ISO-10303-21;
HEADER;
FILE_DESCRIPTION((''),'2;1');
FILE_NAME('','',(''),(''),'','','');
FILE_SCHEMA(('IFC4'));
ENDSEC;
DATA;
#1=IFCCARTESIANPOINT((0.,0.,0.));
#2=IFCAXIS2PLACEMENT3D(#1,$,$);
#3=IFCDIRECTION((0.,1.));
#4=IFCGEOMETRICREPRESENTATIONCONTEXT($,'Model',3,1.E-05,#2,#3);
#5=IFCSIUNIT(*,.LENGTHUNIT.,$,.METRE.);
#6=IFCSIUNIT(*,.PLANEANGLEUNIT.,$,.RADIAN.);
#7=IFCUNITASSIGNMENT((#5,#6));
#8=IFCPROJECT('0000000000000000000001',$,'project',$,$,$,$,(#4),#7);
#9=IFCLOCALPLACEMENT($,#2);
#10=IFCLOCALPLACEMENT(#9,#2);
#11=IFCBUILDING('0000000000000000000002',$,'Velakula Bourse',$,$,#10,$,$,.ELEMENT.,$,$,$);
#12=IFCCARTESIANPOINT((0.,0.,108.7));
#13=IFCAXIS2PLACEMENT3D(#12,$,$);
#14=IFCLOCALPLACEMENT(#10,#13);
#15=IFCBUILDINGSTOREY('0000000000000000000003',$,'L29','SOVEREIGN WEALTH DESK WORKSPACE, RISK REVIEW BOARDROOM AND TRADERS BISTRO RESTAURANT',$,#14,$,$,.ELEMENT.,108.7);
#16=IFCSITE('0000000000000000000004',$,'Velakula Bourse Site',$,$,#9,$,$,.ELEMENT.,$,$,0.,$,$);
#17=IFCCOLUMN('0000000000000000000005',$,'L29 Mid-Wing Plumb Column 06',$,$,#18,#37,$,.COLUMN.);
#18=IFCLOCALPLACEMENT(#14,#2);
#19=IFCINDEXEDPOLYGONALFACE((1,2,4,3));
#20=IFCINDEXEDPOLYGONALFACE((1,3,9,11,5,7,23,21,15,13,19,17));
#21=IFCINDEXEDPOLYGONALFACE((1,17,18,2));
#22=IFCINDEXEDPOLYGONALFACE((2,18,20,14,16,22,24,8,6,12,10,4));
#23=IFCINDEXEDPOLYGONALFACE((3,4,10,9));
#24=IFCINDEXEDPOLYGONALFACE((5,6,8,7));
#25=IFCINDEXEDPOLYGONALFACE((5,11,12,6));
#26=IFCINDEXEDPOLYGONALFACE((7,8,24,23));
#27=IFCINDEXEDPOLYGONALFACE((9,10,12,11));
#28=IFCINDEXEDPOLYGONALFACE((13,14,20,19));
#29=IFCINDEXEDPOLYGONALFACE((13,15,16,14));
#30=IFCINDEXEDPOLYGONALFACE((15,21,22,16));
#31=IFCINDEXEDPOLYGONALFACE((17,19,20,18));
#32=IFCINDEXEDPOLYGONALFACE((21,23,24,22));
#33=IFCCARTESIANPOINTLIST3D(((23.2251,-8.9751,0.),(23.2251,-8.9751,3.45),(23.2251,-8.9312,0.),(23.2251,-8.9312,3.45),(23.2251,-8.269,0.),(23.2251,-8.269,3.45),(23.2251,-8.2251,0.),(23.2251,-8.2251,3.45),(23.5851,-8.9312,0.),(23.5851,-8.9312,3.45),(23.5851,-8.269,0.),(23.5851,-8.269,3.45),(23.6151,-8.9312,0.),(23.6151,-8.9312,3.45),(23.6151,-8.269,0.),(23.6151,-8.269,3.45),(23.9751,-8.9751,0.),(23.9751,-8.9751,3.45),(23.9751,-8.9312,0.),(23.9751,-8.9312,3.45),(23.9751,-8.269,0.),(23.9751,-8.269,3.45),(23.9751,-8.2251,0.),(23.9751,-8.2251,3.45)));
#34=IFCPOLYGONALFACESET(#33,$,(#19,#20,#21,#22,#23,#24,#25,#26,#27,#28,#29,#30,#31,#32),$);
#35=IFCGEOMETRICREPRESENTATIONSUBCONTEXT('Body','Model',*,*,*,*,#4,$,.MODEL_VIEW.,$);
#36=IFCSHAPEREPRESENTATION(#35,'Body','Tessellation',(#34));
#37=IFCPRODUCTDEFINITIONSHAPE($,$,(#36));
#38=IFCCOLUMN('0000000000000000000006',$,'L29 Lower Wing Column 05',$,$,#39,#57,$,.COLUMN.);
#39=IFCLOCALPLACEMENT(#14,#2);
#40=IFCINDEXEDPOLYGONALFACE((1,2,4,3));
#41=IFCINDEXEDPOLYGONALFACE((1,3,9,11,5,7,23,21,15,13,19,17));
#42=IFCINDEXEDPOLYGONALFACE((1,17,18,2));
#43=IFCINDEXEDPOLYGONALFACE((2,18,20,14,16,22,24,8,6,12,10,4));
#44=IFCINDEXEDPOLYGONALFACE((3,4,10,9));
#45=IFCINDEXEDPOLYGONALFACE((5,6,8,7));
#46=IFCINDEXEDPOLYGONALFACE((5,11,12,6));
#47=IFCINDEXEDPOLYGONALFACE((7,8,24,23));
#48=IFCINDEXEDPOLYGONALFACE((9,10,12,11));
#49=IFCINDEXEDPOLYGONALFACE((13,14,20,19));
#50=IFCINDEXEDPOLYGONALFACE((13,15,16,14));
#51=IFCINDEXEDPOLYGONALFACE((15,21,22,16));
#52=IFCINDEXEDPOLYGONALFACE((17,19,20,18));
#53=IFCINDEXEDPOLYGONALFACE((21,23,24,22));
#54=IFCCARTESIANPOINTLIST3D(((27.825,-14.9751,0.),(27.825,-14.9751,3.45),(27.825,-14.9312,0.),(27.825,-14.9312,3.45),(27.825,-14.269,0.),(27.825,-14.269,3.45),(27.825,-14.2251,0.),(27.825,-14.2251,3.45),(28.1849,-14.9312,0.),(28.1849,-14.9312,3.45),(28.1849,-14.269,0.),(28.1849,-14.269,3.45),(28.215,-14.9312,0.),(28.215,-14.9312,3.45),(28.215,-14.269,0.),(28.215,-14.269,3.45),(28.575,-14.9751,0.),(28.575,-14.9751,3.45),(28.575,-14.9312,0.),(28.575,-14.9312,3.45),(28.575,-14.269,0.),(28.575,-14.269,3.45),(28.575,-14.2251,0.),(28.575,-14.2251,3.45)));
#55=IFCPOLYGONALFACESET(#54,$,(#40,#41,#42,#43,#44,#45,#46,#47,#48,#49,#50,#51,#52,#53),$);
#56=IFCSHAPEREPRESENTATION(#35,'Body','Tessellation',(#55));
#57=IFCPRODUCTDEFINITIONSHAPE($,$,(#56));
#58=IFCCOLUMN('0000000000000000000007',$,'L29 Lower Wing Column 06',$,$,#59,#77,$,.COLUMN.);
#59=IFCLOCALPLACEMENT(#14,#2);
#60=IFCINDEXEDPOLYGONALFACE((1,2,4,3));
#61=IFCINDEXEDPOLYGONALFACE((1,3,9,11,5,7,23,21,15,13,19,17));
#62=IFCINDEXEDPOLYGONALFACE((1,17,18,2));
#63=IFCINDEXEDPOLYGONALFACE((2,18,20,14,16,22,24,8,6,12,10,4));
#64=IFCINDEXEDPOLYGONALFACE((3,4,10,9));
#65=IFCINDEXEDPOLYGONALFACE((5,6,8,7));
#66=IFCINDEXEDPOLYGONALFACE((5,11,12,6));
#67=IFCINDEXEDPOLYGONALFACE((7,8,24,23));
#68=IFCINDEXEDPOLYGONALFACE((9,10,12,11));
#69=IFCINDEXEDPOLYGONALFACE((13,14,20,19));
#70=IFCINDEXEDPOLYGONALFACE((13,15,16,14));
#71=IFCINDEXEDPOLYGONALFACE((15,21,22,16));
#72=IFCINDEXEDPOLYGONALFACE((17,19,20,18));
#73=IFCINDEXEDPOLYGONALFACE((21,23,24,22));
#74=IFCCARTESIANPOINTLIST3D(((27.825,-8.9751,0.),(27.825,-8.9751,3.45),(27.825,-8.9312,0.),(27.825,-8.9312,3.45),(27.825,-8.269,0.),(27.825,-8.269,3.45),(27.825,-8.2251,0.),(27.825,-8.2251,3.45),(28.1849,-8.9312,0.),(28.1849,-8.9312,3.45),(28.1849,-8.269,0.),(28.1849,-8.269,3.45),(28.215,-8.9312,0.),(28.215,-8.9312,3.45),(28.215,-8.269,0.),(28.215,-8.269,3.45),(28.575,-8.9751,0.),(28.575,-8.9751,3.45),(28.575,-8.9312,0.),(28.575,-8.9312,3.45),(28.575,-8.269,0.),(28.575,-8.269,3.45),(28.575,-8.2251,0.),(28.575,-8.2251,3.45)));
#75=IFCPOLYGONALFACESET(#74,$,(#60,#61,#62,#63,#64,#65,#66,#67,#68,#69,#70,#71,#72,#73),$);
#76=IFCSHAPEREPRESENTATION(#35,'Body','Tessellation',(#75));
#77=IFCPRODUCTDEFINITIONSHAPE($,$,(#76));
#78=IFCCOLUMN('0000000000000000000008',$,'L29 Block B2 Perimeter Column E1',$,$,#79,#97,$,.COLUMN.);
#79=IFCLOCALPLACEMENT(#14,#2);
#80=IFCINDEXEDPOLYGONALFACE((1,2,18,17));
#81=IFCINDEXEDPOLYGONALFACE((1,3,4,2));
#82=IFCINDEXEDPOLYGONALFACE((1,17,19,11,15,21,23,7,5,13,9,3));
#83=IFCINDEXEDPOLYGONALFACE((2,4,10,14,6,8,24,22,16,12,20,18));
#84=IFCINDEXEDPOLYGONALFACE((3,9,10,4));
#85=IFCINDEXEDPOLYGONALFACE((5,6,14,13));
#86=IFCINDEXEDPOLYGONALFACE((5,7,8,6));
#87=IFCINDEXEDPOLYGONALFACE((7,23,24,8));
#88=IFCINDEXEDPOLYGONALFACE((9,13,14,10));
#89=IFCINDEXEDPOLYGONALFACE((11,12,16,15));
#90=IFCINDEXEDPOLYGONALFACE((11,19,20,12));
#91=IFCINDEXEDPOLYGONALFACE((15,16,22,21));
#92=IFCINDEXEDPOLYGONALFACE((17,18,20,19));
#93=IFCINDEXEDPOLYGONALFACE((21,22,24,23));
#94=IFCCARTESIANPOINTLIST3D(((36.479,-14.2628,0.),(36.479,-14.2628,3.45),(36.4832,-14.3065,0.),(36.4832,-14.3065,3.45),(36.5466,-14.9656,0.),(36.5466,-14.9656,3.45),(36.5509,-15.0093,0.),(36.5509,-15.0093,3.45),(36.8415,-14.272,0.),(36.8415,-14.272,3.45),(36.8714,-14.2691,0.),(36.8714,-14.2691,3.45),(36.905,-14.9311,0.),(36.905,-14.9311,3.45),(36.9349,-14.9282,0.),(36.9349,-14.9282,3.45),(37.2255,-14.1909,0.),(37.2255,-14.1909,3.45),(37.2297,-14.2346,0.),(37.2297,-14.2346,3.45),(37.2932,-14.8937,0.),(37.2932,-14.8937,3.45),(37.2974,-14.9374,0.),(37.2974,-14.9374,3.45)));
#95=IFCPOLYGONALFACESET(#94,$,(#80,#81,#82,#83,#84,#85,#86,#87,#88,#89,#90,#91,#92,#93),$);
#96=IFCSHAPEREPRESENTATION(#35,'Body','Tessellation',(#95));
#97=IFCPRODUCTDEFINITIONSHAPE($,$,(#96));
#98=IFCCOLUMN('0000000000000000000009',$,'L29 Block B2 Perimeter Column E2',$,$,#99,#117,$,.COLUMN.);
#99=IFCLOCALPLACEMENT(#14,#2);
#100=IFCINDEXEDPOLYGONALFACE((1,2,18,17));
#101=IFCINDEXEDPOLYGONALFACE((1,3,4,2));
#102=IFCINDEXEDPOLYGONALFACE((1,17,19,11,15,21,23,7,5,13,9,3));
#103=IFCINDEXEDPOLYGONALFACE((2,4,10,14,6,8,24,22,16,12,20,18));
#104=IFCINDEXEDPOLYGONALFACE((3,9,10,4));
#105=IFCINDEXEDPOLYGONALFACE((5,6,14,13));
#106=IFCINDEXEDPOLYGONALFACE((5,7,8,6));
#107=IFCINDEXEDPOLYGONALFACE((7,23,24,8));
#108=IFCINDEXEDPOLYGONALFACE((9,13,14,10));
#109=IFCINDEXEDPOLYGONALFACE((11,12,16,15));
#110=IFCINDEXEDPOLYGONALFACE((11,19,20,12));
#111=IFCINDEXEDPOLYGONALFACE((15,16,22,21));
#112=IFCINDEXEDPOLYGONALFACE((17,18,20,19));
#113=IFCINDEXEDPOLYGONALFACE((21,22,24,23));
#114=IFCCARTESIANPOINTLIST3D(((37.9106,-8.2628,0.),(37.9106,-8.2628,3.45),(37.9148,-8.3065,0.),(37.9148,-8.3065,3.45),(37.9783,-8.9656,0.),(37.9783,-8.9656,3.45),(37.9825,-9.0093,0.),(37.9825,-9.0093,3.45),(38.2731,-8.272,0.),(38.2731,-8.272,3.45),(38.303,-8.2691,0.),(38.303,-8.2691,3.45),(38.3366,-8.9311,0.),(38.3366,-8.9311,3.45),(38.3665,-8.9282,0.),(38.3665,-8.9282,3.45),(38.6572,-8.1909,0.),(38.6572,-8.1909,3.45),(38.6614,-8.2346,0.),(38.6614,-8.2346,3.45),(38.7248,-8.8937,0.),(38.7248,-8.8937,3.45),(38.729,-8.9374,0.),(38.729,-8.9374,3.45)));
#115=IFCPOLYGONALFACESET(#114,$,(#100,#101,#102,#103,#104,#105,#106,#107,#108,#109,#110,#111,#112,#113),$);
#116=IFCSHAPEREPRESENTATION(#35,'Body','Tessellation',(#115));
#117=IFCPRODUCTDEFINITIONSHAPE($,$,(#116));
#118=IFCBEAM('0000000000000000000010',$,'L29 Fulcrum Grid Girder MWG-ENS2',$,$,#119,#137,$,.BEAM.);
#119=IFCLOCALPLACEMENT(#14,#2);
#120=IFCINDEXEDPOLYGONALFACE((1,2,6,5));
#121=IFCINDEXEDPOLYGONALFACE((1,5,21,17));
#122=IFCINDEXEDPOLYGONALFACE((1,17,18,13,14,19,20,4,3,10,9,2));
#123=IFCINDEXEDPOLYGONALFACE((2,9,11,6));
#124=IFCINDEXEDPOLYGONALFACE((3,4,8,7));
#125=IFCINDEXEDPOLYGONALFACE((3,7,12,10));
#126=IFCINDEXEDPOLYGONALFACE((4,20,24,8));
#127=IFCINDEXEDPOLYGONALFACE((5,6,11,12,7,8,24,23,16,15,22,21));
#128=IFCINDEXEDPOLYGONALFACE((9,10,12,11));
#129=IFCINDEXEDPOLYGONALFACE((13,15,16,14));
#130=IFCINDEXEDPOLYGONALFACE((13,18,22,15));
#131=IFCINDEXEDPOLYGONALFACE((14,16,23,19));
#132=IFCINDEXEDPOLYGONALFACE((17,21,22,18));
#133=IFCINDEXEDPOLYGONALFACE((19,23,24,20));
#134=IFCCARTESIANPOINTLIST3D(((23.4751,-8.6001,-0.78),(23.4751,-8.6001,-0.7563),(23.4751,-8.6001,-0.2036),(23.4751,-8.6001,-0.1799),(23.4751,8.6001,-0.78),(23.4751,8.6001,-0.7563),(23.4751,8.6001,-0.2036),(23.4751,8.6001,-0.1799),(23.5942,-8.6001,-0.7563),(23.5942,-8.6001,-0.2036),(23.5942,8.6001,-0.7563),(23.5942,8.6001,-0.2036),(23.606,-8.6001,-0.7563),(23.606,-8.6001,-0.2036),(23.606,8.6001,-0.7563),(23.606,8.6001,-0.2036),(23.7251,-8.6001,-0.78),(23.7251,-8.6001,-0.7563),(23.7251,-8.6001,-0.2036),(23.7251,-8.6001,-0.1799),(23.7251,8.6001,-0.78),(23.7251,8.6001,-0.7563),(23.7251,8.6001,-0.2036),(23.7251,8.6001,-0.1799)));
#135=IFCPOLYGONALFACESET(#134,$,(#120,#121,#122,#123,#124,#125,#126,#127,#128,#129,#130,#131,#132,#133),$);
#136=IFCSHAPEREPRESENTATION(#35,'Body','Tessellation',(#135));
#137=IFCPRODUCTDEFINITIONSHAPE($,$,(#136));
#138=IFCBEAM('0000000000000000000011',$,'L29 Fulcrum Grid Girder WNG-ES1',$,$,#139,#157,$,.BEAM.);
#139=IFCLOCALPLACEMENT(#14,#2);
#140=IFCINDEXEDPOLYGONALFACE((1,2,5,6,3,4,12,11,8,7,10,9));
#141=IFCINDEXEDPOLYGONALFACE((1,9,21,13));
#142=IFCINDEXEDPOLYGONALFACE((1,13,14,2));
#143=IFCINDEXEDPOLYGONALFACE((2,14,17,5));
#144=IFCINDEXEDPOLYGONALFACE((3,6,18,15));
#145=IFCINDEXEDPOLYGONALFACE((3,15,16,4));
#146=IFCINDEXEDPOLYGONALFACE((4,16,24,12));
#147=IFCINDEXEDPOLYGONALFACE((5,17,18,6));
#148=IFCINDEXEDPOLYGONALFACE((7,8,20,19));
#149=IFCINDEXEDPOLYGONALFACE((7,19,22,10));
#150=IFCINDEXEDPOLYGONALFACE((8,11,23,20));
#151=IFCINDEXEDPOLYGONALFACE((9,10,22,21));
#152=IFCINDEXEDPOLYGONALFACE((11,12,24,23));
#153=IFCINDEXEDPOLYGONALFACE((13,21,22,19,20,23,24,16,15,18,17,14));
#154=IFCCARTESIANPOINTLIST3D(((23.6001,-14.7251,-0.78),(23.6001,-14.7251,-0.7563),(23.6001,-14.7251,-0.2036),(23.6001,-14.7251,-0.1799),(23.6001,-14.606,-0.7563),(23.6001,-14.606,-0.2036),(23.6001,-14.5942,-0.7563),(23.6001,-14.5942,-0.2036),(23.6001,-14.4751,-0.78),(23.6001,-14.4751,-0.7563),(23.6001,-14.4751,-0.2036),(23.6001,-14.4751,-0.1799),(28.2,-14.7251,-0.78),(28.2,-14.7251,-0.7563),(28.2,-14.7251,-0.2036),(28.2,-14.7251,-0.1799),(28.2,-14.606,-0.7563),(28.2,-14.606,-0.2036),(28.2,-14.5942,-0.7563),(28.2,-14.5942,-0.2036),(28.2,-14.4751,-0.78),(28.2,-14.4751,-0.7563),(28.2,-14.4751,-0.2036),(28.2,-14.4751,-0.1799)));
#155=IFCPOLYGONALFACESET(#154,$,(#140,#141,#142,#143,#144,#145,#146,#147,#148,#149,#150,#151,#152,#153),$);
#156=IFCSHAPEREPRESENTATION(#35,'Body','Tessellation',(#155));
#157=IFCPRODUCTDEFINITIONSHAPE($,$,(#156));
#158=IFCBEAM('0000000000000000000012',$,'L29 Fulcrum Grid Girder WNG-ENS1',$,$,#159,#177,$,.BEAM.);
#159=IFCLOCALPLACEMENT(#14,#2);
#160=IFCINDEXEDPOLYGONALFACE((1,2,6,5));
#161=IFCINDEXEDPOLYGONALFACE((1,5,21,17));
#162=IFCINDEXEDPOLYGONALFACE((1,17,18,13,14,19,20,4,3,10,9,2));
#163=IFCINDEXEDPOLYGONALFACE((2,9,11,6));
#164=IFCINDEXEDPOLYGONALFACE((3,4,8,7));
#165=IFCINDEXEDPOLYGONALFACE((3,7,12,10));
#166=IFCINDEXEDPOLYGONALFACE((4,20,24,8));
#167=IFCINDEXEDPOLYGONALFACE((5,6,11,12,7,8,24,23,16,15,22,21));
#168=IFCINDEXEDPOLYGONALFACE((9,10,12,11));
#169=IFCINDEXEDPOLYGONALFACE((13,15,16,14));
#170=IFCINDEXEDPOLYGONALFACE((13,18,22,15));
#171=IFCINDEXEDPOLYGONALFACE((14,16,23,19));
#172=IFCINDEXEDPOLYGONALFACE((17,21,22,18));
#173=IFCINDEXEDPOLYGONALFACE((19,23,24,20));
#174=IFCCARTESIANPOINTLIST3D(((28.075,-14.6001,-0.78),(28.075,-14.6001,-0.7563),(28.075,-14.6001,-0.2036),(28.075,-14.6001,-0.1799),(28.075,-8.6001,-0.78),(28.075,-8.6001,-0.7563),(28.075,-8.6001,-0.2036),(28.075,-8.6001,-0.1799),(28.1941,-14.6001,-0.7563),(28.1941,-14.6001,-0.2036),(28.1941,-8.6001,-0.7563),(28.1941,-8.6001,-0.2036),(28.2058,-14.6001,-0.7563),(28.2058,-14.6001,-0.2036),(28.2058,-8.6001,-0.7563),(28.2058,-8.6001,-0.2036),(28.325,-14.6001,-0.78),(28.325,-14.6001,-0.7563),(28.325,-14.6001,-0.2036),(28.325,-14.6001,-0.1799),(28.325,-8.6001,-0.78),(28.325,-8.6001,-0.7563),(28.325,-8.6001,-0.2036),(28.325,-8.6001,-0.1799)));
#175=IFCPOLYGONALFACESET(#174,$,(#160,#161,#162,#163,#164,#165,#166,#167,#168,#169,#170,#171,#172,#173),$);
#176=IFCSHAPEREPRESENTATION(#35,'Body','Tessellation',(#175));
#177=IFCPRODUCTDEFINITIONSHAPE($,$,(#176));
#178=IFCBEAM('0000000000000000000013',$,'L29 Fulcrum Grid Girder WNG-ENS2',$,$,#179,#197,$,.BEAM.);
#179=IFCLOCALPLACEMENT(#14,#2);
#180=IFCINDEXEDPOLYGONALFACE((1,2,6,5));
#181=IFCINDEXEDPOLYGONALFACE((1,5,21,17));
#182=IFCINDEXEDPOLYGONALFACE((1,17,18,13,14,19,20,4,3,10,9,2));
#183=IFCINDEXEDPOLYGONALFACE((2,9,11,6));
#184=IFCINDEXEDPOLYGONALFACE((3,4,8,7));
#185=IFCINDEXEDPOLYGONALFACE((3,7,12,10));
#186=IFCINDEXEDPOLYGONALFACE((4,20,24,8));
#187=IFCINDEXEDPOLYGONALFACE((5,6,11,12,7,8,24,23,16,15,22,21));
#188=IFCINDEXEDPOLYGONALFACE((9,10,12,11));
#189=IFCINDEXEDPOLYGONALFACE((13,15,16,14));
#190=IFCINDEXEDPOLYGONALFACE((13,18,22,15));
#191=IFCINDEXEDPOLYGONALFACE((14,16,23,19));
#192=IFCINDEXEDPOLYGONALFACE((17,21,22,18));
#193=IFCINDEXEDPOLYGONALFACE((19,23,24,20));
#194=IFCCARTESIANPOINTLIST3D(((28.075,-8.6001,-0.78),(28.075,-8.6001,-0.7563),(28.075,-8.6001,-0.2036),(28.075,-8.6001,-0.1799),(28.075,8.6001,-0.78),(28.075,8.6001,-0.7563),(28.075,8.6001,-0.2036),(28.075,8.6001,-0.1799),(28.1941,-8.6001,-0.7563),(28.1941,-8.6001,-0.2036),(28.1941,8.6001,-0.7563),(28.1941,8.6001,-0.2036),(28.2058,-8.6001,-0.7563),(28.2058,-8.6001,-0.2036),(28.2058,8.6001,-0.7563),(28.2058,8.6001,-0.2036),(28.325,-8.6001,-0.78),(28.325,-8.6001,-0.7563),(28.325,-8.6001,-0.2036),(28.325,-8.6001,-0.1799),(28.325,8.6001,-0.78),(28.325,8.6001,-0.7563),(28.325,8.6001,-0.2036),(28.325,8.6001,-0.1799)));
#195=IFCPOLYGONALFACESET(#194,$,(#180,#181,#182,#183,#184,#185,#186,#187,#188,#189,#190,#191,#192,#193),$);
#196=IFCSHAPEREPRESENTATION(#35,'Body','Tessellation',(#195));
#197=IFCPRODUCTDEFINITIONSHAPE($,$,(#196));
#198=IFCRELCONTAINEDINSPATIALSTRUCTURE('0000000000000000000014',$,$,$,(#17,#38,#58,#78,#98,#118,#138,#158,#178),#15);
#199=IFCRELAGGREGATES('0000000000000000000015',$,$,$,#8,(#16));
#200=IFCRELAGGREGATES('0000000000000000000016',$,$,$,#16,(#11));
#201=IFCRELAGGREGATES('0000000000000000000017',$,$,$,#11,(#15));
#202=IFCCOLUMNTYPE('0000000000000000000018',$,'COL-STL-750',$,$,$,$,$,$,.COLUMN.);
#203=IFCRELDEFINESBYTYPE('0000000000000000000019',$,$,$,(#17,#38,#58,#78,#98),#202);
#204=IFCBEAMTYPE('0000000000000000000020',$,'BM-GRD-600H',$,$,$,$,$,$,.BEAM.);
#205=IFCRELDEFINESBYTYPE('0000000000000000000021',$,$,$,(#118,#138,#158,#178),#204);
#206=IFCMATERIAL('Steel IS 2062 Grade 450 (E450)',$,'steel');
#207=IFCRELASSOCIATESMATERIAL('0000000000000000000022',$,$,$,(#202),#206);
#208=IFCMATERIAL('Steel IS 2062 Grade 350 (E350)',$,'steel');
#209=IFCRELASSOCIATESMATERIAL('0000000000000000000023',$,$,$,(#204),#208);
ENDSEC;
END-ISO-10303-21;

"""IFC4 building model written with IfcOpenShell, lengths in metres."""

from ifc_helpers import new_model, si_unit, direction, frame, origin, origin_2d, place, context, subcontext, project, spatial, i_section, extrude, material, material_profile, profile_set, type_object, element, save


model = new_model("IFC4")

# Units and contexts
model_context = context("Model", 3, precision=1e-05, world=origin(), true_north=direction((0.0, 1.0)))
body_context = subcontext(model_context, "Body", "Model", "MODEL_VIEW")
ifc_project = project(units=[si_unit("LENGTHUNIT", "METRE"), si_unit("PLANEANGLEUNIT", "RADIAN")], contexts=[model_context])

# Site, building, storey
site_placement = place(None, origin())
site = spatial("IfcSite", under=ifc_project, at=site_placement, Name="Velakula Bourse Site", CompositionType="ELEMENT", RefElevation=0.0)
building_placement = place(site_placement, origin())
building = spatial("IfcBuilding", under=site, at=building_placement, Name="Velakula Bourse", CompositionType="ELEMENT")
storey_placement = place(building_placement, frame((0.0, 0.0, 108.7)))
storey = spatial("IfcBuildingStorey", under=building, at=storey_placement, Name="L29", Description="SOVEREIGN WEALTH DESK WORKSPACE, RISK REVIEW BOARDROOM AND TRADERS BISTRO RESTAURANT", CompositionType="ELEMENT", Elevation=108.7)

# Columns
ifc_material_1 = material(Name="Steel IS 2062 Grade 450 (E450)", Category="steel")
ifc_material_profile_1 = material_profile(ifc_material_1, i_section(OverallWidth=0.75, OverallDepth=0.75, WebThickness=0.03, FlangeThickness=0.0439, at=origin_2d()), Name="Steel IS 2062 Grade 450 (E450)")
ifc_profile_set_1 = profile_set([ifc_material_profile_1], Name="Steel IS 2062 Grade 450 (E450)")
column_type = type_object("IfcColumnType", Name="COL-STL-750", PredefinedType="COLUMN", material=ifc_profile_set_1)
for number, where, z_axis, x_axis, name in (
    (1, (23.6001, -8.6001, 0.0), (0.0, 0.0, 1.0), (1.0, 0.0, 0.0), "L29 Mid-Wing Plumb Column 06"),
    (2, (28.2, -14.6001, 0.0), (0.0, 0.0, 1.0), (1.0, 0.0, 0.0), "L29 Lower Wing Column 05"),
    (3, (28.2, -8.6001, 0.0), (0.0, 0.0, 1.0), (1.0, 0.0, 0.0), "L29 Lower Wing Column 06"),
    (4, (36.8882, -14.6001, 0.0), (0.0, 0.0, 1.0), (0.995396, 0.095846, 0.0), "L29 Block B2 Perimeter Column E1"),
    (5, (38.3198, -8.6001, 0.0), (0.0, 0.0, 1.0), (0.995396, 0.095846, 0.0), "L29 Block B2 Perimeter Column E2"),
):
    element("IfcColumn", number, at=place(storey_placement, frame(where, z_axis=z_axis, x_axis=x_axis)), inside=storey, type_object=column_type, Name=name, PredefinedType="COLUMN", context=body_context, shape_type="SweptSolid", body=[
        extrude(i_section(OverallWidth=0.75, OverallDepth=0.75, WebThickness=0.03, FlangeThickness=0.0439, at=origin_2d()), origin(), (0.0, 0.0, 1.0), 3.45),
    ])

# Beams
ifc_material_2 = material(Name="Steel IS 2062 Grade 350 (E350)", Category="steel")
ifc_material_profile_2 = material_profile(ifc_material_2, i_section(OverallWidth=0.25, OverallDepth=0.6001, WebThickness=0.0117, FlangeThickness=0.0237, at=origin_2d()), Name="Steel IS 2062 Grade 350 (E350)")
ifc_profile_set_2 = profile_set([ifc_material_profile_2], Name="Steel IS 2062 Grade 350 (E350)")
beam_type_1 = type_object("IfcBeamType", Name="BM-GRD-600H", PredefinedType="BEAM", material=ifc_profile_set_2)
beam_1_placement = place(storey_placement, frame((23.6001, -8.6001, -0.48), z_axis=(0.0, 1.0, 0.0), x_axis=(-1.0, 0.0, 0.0)))
element("IfcBeam", 6, at=beam_1_placement, inside=storey, type_object=beam_type_1, Name="L29 Fulcrum Grid Girder MWG-ENS2", PredefinedType="BEAM", context=body_context, shape_type="SweptSolid", body=[
    extrude(i_section(OverallWidth=0.25, OverallDepth=0.6001, WebThickness=0.0117, FlangeThickness=0.0237, at=origin_2d()), origin(), (0.0, 0.0, 1.0), 17.2002),
])
beam_2_placement = place(storey_placement, frame((23.6001, -14.6001, -0.48), z_axis=(1.0, 0.0, 0.0), x_axis=(0.0, 1.0, 0.0)))
element("IfcBeam", 7, at=beam_2_placement, inside=storey, type_object=beam_type_1, Name="L29 Fulcrum Grid Girder WNG-ES1", PredefinedType="BEAM", context=body_context, shape_type="SweptSolid", body=[
    extrude(i_section(OverallWidth=0.25, OverallDepth=0.6001, WebThickness=0.0117, FlangeThickness=0.0237, at=origin_2d()), origin(), (0.0, 0.0, 1.0), 4.5999),
])
beam_3_placement = place(storey_placement, frame((28.2, -14.6001, -0.48), z_axis=(0.0, 1.0, 0.0), x_axis=(-1.0, 0.0, 0.0)))
element("IfcBeam", 8, at=beam_3_placement, inside=storey, type_object=beam_type_1, Name="L29 Fulcrum Grid Girder WNG-ENS1", PredefinedType="BEAM", context=body_context, shape_type="SweptSolid", body=[
    extrude(i_section(OverallWidth=0.25, OverallDepth=0.6001, WebThickness=0.0117, FlangeThickness=0.0237, at=origin_2d()), origin(), (0.0, 0.0, 1.0), 6.0),
])
beam_4_placement = place(storey_placement, frame((28.2, -8.6001, -0.48), z_axis=(0.0, 1.0, 0.0), x_axis=(-1.0, 0.0, 0.0)))
element("IfcBeam", 9, at=beam_4_placement, inside=storey, type_object=beam_type_1, Name="L29 Fulcrum Grid Girder WNG-ENS2", PredefinedType="BEAM", context=body_context, shape_type="SweptSolid", body=[
    extrude(i_section(OverallWidth=0.25, OverallDepth=0.6001, WebThickness=0.0117, FlangeThickness=0.0237, at=origin_2d()), origin(), (0.0, 0.0, 1.0), 17.2002),
])

save(model, "model.ifc")
